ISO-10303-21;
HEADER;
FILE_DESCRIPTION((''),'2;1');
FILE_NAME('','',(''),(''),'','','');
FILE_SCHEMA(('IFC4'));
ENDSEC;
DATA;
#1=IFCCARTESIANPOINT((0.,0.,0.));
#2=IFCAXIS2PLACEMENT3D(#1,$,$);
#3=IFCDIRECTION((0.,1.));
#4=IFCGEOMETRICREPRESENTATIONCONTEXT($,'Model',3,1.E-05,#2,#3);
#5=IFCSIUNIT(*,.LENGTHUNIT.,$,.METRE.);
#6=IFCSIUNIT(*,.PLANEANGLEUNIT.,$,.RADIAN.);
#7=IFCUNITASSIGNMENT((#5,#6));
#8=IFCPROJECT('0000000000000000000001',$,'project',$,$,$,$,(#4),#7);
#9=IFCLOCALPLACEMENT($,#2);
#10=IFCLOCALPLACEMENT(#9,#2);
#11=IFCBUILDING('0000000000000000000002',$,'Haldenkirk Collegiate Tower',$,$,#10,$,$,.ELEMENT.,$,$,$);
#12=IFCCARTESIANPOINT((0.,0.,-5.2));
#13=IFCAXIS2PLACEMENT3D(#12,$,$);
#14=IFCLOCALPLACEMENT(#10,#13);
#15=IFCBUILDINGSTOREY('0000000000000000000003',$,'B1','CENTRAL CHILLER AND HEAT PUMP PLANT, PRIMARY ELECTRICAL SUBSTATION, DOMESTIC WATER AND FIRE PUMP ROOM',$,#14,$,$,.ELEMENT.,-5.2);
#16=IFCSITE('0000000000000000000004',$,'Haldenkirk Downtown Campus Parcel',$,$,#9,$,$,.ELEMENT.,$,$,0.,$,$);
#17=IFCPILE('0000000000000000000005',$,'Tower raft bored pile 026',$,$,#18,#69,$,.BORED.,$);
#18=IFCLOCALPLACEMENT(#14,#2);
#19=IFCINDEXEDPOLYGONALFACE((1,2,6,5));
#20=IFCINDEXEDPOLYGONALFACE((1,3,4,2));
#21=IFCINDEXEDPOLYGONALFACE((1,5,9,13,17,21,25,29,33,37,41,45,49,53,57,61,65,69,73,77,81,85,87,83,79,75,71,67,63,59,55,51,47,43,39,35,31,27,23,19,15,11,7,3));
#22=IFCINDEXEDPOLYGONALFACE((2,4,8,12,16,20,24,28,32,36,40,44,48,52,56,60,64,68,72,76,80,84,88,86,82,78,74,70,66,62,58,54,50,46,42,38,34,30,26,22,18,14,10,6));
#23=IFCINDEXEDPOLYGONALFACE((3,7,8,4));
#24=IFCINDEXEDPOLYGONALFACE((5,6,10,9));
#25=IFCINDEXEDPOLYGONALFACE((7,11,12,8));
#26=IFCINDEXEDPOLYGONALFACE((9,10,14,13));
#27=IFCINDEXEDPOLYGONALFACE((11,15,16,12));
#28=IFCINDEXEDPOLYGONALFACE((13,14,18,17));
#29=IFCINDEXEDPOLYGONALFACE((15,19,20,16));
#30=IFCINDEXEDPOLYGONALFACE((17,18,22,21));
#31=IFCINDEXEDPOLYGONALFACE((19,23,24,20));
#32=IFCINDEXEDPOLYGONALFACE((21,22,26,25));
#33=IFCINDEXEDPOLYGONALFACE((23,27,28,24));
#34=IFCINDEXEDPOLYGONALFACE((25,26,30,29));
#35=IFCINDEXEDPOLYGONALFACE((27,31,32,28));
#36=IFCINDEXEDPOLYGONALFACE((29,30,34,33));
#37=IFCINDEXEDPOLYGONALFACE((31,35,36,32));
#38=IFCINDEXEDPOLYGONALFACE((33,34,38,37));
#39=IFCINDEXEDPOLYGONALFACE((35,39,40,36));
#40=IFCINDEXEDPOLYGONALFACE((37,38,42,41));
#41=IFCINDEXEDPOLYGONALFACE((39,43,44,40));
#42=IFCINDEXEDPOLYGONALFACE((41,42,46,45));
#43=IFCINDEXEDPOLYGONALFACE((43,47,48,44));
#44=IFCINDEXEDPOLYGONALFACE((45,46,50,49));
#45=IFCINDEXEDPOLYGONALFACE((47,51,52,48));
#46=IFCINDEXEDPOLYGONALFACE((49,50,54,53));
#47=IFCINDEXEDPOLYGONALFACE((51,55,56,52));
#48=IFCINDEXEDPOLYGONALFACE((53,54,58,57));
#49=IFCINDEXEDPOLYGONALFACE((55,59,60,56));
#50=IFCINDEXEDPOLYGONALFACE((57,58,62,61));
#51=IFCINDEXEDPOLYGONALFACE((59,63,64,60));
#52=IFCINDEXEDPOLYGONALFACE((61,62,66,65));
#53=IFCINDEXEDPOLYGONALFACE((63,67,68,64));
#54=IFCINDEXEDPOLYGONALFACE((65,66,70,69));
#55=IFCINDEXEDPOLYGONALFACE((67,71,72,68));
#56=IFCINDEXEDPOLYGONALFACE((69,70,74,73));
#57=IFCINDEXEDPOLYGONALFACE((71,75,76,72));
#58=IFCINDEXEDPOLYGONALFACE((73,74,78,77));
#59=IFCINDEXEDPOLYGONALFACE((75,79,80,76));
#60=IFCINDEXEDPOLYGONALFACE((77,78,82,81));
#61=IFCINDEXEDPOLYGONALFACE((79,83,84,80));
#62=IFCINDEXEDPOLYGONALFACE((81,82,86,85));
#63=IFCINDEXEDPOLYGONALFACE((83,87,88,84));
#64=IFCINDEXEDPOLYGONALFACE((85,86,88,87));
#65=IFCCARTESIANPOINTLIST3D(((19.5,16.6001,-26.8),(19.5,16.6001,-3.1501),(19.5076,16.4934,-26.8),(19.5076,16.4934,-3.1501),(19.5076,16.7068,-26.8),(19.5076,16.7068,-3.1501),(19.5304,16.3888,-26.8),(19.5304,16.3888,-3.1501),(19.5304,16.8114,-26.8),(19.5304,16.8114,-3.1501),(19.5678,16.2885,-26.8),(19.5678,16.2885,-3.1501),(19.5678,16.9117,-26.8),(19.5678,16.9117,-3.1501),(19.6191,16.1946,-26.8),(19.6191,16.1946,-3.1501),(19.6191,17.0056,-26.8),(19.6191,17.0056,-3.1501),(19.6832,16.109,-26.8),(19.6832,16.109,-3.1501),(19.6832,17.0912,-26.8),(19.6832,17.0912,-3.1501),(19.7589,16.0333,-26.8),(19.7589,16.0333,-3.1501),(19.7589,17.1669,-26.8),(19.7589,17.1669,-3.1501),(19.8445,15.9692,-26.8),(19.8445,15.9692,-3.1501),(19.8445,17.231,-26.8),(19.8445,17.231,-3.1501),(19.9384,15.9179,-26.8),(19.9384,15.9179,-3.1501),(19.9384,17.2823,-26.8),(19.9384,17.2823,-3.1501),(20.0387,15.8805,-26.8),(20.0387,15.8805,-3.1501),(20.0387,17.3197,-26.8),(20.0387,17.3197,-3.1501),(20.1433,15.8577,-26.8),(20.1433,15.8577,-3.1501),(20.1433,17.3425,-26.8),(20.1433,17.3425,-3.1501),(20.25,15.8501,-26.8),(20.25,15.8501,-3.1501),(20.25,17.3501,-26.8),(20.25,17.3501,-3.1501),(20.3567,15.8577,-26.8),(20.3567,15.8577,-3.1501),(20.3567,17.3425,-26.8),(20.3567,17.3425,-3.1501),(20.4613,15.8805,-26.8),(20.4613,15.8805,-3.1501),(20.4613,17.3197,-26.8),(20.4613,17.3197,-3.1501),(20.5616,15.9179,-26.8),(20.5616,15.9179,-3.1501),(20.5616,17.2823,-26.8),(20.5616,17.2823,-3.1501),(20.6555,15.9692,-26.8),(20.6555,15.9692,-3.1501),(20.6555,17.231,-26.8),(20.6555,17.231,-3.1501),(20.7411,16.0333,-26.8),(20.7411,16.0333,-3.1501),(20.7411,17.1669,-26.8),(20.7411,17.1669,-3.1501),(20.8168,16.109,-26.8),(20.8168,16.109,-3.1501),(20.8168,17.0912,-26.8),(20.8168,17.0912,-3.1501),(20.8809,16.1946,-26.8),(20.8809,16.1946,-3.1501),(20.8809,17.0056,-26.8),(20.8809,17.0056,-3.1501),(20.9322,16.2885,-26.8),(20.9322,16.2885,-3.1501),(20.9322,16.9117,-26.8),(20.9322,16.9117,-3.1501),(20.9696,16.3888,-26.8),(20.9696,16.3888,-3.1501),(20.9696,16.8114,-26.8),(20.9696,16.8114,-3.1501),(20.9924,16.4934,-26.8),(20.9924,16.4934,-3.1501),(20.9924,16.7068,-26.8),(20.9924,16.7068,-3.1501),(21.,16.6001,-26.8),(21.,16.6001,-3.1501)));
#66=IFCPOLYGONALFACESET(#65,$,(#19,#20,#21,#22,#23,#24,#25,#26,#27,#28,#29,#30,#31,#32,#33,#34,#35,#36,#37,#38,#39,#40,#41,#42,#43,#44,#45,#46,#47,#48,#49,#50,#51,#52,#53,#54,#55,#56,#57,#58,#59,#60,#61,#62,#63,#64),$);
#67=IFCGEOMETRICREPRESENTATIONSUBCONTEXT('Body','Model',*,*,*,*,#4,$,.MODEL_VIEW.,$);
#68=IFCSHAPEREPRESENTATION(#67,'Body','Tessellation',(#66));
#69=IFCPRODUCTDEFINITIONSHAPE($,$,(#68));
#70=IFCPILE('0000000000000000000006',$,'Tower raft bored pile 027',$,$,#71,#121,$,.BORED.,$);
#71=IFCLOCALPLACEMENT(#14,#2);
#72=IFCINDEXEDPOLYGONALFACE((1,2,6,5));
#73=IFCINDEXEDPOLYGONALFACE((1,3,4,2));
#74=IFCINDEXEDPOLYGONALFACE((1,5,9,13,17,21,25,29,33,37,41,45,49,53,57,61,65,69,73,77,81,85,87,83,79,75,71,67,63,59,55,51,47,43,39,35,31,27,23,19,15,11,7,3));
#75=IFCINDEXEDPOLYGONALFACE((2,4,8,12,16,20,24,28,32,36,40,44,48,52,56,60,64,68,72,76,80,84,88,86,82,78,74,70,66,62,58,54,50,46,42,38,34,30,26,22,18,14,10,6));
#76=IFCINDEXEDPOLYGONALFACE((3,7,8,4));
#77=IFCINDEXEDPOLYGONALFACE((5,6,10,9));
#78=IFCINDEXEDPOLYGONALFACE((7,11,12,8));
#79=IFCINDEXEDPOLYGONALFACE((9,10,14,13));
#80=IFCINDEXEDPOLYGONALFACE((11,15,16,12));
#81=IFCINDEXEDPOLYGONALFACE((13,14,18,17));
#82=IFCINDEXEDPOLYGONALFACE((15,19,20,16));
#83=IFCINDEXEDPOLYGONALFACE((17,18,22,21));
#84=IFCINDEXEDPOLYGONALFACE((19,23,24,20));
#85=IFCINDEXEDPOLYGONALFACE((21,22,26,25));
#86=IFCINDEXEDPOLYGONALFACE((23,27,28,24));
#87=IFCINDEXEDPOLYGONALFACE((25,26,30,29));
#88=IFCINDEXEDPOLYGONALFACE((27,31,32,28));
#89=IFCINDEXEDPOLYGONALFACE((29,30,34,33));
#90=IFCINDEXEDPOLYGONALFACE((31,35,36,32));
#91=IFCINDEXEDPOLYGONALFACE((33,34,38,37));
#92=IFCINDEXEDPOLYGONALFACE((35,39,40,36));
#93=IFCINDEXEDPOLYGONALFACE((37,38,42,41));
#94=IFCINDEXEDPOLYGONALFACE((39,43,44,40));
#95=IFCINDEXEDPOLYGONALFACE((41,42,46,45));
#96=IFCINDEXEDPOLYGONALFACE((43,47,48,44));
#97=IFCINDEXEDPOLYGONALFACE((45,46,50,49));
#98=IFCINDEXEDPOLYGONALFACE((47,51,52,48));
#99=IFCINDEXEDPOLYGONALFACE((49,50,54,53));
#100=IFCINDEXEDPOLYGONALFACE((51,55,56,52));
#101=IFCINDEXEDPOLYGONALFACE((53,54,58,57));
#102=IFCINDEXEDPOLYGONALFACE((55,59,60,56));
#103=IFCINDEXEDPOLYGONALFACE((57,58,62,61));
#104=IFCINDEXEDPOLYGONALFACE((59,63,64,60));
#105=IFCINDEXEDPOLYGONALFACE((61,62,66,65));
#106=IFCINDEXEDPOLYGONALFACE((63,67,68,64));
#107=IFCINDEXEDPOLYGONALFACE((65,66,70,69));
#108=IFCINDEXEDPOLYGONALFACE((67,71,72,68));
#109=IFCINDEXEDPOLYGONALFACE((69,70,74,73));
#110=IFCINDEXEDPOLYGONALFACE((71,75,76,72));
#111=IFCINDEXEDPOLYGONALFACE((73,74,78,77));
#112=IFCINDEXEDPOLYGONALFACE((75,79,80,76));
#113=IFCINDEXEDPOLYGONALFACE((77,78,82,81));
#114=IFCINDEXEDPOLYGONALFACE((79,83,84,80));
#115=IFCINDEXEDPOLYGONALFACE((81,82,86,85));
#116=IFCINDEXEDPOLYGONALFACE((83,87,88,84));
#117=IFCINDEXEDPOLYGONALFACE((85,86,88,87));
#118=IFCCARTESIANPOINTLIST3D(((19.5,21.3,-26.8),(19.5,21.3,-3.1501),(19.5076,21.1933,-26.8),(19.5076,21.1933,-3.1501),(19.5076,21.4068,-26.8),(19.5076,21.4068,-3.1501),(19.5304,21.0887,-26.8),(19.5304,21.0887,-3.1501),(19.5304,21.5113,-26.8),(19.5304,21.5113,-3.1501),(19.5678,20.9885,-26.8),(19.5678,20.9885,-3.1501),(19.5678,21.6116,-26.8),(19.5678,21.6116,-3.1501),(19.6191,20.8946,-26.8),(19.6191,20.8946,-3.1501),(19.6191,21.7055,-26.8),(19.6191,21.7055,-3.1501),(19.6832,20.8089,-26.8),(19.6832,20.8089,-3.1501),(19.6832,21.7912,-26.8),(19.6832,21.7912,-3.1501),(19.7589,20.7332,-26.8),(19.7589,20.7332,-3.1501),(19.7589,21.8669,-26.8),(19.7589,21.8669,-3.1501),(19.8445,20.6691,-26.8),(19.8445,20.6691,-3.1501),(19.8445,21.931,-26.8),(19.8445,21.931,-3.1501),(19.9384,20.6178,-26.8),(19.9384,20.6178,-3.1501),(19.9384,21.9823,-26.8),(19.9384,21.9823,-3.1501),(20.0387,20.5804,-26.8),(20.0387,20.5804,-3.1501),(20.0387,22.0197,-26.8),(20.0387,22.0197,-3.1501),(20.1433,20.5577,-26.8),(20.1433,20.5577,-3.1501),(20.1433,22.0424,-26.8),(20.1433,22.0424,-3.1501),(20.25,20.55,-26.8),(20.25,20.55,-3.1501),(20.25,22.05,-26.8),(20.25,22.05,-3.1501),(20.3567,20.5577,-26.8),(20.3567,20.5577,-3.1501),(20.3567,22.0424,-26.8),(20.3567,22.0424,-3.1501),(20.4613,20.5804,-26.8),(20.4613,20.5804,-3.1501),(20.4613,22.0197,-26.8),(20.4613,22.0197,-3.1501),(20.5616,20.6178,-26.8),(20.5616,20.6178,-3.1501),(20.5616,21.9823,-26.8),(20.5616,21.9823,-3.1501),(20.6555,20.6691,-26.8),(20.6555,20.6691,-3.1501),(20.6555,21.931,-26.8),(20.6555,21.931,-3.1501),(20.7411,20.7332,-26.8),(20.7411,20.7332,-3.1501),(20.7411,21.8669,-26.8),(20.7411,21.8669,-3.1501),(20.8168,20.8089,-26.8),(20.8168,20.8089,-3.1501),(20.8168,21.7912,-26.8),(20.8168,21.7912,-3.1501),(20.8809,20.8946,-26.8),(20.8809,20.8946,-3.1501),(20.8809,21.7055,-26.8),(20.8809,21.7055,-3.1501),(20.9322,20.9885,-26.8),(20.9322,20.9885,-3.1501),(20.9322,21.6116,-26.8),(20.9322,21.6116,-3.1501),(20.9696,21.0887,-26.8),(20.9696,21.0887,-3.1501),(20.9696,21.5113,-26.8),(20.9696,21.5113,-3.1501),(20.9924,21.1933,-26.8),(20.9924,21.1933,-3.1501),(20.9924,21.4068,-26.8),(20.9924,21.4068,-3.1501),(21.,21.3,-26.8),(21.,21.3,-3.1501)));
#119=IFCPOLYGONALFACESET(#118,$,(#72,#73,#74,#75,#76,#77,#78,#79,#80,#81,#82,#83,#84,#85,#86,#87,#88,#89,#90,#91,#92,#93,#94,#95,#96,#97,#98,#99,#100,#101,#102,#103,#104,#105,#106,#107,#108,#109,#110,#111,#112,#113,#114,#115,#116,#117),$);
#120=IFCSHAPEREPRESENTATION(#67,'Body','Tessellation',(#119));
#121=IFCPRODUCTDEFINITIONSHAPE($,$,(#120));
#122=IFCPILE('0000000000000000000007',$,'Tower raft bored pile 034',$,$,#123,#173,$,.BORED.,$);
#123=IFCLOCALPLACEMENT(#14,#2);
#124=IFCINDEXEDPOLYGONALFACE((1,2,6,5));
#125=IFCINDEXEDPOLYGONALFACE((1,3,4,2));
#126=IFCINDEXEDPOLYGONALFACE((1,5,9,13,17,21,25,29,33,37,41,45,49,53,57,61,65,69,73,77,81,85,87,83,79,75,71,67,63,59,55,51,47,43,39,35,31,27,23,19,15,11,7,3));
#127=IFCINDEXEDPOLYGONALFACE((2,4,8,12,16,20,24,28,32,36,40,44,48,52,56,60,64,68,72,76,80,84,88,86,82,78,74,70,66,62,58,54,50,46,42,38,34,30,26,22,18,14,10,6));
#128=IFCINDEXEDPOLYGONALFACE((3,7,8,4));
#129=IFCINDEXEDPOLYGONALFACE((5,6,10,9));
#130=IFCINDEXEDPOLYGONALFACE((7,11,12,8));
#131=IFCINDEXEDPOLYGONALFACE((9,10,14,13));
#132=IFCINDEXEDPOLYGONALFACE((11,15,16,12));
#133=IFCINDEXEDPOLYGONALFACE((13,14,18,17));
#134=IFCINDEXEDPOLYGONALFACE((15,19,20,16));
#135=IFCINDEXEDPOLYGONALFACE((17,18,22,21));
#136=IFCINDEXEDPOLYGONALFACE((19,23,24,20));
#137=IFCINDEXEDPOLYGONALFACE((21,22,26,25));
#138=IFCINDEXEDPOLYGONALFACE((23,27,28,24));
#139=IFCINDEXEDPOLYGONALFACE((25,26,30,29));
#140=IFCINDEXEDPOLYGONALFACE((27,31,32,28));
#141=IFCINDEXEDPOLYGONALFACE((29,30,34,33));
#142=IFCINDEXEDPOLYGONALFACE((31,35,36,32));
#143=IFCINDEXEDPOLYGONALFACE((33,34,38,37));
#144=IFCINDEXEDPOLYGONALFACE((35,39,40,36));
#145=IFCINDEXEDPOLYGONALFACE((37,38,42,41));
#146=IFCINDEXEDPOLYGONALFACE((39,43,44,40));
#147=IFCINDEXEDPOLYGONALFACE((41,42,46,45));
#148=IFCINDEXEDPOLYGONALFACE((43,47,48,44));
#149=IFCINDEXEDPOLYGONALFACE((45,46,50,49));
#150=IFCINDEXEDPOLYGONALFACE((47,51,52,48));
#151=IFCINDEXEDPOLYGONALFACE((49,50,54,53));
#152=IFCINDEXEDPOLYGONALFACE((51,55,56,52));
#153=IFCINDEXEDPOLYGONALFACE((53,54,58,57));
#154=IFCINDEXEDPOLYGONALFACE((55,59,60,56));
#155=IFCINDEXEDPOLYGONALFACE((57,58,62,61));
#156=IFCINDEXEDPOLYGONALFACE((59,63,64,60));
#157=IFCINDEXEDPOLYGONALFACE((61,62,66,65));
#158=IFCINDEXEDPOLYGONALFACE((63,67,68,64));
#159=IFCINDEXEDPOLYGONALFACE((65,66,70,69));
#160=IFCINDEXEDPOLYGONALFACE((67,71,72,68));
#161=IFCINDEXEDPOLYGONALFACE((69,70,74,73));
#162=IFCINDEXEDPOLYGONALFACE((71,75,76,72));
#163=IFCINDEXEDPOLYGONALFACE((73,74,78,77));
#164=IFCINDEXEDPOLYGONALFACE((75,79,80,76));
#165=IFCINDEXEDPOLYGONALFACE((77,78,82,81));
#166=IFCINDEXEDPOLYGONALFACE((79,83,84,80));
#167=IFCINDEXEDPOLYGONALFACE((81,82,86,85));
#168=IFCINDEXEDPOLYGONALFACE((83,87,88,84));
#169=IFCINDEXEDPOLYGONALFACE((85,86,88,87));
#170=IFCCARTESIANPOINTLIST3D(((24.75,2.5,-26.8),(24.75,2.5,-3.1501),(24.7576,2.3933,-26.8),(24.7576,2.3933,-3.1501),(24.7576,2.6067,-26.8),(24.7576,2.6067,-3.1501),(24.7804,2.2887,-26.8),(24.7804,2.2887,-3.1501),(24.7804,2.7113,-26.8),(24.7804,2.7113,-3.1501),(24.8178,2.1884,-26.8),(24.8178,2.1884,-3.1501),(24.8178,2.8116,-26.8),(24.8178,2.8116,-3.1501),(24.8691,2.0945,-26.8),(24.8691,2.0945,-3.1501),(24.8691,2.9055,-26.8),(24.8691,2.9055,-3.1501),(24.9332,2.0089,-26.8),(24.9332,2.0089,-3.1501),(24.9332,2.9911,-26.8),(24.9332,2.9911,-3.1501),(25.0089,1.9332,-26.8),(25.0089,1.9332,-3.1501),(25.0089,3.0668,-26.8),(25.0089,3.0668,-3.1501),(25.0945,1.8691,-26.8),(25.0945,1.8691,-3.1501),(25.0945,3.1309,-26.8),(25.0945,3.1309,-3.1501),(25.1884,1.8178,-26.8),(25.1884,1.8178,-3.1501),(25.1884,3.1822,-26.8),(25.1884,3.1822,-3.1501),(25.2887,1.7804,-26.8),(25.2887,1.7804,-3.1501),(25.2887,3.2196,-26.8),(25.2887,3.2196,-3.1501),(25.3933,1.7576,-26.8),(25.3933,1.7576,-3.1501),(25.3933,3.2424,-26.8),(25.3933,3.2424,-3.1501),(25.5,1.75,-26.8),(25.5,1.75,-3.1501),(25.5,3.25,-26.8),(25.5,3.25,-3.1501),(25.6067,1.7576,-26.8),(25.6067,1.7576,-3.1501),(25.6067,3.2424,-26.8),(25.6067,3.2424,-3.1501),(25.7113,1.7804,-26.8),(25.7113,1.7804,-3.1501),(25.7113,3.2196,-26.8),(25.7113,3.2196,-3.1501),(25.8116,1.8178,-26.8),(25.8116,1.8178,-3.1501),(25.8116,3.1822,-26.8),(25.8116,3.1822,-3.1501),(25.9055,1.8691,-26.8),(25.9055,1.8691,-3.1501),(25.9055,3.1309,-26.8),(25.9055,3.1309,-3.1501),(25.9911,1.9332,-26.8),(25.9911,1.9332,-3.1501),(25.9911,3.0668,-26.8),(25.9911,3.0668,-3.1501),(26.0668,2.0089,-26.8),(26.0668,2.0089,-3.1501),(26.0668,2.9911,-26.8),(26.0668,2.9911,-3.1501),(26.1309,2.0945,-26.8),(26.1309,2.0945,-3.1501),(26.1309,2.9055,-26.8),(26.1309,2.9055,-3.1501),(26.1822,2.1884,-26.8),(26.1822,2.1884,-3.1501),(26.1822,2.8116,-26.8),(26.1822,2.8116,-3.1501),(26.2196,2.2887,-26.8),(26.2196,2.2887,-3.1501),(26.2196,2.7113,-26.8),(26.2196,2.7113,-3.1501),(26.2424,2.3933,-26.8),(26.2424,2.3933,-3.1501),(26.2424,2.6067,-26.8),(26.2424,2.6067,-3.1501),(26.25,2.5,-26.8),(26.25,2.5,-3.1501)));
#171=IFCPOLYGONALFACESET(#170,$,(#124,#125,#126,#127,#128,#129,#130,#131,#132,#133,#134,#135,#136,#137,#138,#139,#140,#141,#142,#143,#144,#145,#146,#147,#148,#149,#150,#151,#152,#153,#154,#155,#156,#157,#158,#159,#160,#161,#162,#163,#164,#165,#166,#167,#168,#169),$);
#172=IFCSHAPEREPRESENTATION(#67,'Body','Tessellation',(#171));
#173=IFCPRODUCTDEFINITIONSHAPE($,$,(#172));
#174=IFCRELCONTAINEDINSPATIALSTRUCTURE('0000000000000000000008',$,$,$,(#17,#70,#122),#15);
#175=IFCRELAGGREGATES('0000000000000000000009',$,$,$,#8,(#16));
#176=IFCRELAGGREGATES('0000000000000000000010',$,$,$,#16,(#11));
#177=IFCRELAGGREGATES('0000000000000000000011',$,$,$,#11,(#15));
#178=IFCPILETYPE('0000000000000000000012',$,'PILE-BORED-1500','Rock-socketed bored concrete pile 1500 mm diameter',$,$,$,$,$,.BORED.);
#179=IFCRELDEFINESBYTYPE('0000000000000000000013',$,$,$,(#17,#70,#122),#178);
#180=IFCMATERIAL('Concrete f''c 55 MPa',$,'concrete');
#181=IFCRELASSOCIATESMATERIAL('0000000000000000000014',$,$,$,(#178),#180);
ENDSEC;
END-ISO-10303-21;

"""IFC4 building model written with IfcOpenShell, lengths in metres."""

from ifc_helpers import new_model, si_unit, direction, frame, origin, origin_2d, place, context, subcontext, project, spatial, circle, extrude, material, material_profile, profile_set, type_object, element, save


model = new_model("IFC4")

# Units and contexts
model_context = context("Model", 3, precision=1e-05, world=origin(), true_north=direction((0.0, 1.0)))
body_context = subcontext(model_context, "Body", "Model", "MODEL_VIEW")
ifc_project = project(units=[si_unit("LENGTHUNIT", "METRE"), si_unit("PLANEANGLEUNIT", "RADIAN")], contexts=[model_context])

# Site, building, storey
site_placement = place(None, origin())
site = spatial("IfcSite", under=ifc_project, at=site_placement, Name="Haldenkirk Downtown Campus Parcel", CompositionType="ELEMENT", RefElevation=0.0)
building_placement = place(site_placement, origin())
building = spatial("IfcBuilding", under=site, at=building_placement, Name="Haldenkirk Collegiate Tower", CompositionType="ELEMENT")
storey_placement = place(building_placement, frame((0.0, 0.0, -5.2)))
storey = spatial("IfcBuildingStorey", under=building, at=storey_placement, Name="B1", Description="CENTRAL CHILLER AND HEAT PUMP PLANT, PRIMARY ELECTRICAL SUBSTATION, DOMESTIC WATER AND FIRE PUMP ROOM", CompositionType="ELEMENT", Elevation=-5.2)

# Piles
ifc_material_1 = material(Name="Concrete f'c 55 MPa", Category="concrete")
ifc_material_profile_1 = material_profile(ifc_material_1, circle(Radius=0.75, at=origin_2d()), Name="PILE1500")
ifc_profile_set_1 = profile_set([ifc_material_profile_1], Name="Concrete f'c 55 MPa")
pile_type = type_object("IfcPileType", Name="PILE-BORED-1500", Description="Rock-socketed bored concrete pile 1500 mm diameter", PredefinedType="BORED", material=ifc_profile_set_1)
for number, where, z_axis, x_axis, name in (
    (1, (20.25, 16.6001, -3.1501), (0.0, 0.0, -1.0), (1.0, 0.0, 0.0), "Tower raft bored pile 026"),
    (2, (20.25, 21.3, -3.1501), (0.0, 0.0, -1.0), (1.0, 0.0, 0.0), "Tower raft bored pile 027"),
    (3, (25.5, 2.5, -3.1501), (0.0, 0.0, -1.0), (1.0, 0.0, 0.0), "Tower raft bored pile 034"),
):
    element("IfcPile", number, at=place(storey_placement, frame(where, z_axis=z_axis, x_axis=x_axis)), inside=storey, type_object=pile_type, Name=name, PredefinedType="BORED", context=body_context, shape_type="SweptSolid", body=[
        extrude(circle(Radius=0.75, at=origin_2d()), origin(), (0.0, 0.0, 1.0), 23.6499),
    ])

save(model, "model.ifc")
